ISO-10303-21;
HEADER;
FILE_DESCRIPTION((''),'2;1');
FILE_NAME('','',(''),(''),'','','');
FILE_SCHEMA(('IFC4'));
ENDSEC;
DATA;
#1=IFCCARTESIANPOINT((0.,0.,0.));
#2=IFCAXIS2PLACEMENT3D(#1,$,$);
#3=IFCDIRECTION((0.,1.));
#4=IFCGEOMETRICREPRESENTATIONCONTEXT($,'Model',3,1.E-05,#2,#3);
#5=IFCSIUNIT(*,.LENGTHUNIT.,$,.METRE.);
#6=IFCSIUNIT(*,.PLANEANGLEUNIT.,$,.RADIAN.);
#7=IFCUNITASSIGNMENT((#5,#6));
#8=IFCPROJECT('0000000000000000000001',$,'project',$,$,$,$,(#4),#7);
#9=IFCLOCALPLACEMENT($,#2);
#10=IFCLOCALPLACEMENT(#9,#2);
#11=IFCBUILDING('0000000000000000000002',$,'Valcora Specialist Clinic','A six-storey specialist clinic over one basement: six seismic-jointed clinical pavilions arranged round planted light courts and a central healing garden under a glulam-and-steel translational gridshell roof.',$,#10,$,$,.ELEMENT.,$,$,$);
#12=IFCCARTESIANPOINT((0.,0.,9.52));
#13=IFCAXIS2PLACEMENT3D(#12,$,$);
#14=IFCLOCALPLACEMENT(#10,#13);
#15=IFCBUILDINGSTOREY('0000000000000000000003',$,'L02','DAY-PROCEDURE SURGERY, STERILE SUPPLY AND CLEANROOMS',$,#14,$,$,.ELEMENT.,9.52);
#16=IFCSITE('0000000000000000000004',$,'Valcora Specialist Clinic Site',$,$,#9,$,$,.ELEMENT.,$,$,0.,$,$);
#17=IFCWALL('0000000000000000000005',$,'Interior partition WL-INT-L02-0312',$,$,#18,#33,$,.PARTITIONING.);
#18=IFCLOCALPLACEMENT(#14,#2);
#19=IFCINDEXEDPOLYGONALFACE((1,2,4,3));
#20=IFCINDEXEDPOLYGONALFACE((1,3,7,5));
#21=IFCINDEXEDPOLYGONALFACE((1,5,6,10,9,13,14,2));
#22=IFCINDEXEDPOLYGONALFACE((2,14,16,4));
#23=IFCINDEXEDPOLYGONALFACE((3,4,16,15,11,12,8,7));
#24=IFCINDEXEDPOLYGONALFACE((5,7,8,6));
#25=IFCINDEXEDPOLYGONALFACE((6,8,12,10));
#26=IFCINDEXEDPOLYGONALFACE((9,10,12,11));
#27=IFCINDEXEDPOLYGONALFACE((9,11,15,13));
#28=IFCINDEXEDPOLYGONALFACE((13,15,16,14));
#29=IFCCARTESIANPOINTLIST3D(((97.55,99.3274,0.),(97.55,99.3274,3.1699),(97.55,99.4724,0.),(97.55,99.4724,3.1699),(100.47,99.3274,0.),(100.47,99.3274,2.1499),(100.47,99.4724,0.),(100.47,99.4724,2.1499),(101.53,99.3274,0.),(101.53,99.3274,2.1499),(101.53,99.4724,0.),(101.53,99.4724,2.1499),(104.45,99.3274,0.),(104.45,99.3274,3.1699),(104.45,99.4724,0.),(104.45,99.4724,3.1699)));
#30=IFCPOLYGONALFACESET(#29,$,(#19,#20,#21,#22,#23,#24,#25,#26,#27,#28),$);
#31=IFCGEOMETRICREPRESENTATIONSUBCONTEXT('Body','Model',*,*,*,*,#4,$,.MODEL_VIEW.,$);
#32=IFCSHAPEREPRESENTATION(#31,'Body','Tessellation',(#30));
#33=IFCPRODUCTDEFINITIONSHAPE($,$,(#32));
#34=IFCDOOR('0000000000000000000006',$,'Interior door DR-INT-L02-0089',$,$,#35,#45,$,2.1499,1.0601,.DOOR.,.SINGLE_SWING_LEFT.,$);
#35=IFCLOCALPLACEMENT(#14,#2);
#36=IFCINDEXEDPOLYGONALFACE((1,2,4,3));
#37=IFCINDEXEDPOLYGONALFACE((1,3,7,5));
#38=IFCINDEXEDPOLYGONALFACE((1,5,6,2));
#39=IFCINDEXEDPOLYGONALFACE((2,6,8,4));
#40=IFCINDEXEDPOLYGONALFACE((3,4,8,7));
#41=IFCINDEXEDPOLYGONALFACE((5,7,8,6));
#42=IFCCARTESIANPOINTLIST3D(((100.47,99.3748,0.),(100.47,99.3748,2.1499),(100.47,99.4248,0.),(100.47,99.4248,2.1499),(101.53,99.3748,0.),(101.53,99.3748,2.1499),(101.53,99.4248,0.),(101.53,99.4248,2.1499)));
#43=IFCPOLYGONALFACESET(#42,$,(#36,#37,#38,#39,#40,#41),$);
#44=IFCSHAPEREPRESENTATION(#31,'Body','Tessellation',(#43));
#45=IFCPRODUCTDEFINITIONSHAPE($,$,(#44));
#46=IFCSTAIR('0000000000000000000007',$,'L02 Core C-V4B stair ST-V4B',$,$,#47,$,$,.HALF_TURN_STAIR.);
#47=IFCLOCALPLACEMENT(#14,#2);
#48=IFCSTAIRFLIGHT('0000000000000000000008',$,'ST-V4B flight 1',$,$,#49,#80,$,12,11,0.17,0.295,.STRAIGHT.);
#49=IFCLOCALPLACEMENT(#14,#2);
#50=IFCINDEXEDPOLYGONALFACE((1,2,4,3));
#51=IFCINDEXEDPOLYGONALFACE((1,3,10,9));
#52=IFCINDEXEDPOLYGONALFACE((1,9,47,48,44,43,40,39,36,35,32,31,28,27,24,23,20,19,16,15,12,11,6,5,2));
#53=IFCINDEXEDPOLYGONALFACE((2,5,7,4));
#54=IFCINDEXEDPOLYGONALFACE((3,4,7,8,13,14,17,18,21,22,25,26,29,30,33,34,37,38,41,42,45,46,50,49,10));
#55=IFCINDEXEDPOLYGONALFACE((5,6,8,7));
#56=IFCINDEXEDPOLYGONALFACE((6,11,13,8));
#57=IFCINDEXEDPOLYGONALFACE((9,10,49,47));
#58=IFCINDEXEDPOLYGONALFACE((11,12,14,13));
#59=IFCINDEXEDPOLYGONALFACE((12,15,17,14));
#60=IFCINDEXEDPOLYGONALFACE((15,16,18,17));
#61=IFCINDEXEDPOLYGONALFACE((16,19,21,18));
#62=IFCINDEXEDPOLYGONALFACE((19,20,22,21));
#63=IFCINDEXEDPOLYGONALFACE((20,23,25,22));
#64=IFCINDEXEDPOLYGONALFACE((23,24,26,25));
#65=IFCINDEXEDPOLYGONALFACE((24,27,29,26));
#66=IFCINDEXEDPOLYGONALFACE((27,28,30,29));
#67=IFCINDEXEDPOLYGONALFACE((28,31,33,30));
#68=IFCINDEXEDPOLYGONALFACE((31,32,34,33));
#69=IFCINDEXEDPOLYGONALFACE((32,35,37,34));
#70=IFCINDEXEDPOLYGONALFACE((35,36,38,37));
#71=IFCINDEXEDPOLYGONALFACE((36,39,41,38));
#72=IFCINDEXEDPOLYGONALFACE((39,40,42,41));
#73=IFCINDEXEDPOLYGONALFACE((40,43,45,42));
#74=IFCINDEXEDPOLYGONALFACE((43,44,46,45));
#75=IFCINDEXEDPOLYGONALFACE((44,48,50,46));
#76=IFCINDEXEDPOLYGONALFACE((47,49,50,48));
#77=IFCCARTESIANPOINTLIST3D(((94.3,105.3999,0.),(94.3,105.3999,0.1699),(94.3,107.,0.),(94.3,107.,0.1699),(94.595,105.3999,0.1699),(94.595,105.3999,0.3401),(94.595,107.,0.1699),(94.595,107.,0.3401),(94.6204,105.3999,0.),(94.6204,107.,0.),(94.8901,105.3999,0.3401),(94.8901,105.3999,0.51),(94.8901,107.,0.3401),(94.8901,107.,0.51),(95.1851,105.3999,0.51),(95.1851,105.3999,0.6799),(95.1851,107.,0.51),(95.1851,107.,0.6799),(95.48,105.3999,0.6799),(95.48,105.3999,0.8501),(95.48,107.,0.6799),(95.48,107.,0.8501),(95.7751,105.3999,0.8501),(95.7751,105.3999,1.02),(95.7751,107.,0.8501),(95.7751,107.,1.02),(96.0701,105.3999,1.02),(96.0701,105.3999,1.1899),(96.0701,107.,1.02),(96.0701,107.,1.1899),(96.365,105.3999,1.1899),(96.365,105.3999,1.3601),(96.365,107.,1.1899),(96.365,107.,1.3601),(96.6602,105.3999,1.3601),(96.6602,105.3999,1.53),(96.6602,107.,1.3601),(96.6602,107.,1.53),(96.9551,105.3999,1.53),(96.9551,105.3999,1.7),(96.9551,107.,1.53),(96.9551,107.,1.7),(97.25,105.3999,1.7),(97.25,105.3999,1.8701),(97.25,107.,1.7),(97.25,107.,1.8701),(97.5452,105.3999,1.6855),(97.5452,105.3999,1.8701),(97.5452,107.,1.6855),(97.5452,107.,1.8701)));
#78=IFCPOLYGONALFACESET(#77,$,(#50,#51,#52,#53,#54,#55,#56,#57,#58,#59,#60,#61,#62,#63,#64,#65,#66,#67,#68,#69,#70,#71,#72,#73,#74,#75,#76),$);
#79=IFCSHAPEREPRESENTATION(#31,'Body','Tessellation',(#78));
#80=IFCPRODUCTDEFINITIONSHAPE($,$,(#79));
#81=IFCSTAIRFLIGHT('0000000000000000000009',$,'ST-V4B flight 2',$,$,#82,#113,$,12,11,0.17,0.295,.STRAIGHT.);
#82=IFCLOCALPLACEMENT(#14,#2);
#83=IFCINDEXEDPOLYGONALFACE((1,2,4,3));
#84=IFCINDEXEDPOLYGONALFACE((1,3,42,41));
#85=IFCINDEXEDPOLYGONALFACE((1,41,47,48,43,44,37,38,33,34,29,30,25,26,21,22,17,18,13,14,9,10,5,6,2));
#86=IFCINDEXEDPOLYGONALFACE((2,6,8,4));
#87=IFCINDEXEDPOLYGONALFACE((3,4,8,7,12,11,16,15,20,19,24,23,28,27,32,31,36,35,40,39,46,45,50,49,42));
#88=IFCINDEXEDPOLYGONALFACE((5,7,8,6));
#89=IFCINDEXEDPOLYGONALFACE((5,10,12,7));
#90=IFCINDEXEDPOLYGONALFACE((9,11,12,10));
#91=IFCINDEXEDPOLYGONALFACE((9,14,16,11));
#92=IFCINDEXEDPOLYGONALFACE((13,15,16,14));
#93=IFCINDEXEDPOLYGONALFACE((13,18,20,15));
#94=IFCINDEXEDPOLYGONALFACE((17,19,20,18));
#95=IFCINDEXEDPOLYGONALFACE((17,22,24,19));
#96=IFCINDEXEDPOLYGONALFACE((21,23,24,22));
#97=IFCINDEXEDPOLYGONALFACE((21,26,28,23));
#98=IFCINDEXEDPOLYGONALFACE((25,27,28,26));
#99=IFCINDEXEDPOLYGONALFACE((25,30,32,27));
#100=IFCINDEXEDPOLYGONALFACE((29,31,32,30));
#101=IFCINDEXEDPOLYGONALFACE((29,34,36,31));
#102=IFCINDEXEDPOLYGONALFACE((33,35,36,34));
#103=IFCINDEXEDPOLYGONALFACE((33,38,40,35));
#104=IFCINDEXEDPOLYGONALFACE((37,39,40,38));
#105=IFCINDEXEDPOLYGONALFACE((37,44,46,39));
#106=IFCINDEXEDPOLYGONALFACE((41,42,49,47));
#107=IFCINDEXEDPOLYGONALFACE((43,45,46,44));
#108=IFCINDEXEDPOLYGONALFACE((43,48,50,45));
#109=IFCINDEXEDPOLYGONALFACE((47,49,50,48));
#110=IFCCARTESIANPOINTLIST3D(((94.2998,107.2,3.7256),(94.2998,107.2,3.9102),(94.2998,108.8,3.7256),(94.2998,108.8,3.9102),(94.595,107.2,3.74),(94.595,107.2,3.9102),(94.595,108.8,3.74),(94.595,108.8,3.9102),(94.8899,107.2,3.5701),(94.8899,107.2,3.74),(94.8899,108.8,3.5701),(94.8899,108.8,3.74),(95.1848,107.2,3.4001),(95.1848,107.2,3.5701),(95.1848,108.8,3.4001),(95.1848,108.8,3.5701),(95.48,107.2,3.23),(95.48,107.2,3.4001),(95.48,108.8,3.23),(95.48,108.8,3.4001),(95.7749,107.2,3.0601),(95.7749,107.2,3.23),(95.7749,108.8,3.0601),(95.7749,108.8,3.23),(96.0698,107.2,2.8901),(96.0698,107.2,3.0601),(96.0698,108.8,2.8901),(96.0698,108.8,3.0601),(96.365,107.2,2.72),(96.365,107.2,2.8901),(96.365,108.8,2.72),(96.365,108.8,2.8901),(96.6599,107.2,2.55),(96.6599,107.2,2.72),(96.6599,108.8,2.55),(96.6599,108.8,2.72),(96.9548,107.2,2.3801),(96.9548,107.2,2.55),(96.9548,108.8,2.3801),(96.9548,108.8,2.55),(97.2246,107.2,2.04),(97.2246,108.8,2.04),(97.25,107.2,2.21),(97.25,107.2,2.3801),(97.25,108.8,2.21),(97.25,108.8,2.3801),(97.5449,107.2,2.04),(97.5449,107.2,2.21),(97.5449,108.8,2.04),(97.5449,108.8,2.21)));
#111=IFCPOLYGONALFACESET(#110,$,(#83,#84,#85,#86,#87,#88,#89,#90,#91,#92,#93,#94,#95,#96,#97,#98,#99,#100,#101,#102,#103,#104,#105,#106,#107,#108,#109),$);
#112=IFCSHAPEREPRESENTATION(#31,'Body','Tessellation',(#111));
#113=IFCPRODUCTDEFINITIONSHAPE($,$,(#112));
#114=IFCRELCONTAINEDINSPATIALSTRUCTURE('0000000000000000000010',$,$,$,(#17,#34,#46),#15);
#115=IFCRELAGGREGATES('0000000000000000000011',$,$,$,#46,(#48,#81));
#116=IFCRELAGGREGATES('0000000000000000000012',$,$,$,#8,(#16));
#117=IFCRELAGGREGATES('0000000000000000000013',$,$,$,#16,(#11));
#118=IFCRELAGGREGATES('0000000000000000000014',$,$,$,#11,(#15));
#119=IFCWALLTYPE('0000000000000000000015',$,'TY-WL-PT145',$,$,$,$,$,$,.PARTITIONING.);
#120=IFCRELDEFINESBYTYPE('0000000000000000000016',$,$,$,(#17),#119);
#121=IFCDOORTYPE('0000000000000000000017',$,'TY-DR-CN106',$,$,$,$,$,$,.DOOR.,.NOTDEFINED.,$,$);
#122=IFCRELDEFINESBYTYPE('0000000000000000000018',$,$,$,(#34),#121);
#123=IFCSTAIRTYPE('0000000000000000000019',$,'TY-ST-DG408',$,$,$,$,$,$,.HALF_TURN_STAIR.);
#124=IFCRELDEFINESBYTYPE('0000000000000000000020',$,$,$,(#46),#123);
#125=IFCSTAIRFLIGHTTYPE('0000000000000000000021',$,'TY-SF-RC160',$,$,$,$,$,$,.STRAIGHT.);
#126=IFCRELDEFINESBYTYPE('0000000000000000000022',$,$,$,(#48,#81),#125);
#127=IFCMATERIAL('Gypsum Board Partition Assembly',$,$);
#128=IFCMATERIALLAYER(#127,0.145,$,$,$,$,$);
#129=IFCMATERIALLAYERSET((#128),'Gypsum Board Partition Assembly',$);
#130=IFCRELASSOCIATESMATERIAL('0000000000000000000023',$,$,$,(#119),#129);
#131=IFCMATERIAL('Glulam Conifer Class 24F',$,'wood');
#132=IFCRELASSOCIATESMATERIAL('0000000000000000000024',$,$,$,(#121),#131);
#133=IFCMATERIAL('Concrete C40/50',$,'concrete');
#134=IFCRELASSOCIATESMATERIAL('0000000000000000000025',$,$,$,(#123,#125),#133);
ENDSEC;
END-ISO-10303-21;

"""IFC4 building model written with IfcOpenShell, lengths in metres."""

from ifc_helpers import new_model, si_unit, direction, frame, frame_2d, origin, place, context, subcontext, project, spatial, polyline, rectangle, outline, extrude, material, layer, layer_set, type_object, element, fill, aggregate, save


model = new_model("IFC4")

# Units and contexts
model_context = context("Model", 3, precision=1e-05, world=origin(), true_north=direction((0.0, 1.0)))
body_context = subcontext(model_context, "Body", "Model", "MODEL_VIEW")
ifc_project = project(units=[si_unit("LENGTHUNIT", "METRE"), si_unit("PLANEANGLEUNIT", "RADIAN")], contexts=[model_context])

# Site, building, storey
site_placement = place(None, origin())
site = spatial("IfcSite", under=ifc_project, at=site_placement, Name="Valcora Specialist Clinic Site", CompositionType="ELEMENT", RefElevation=0.0)
building_placement = place(site_placement, origin())
building = spatial("IfcBuilding", under=site, at=building_placement, Name="Valcora Specialist Clinic", Description="A six-storey specialist clinic over one basement: six seismic-jointed clinical pavilions arranged round planted light courts and a central healing garden under a glulam-and-steel translational gridshell roof.", CompositionType="ELEMENT")
storey_placement = place(building_placement, frame((0.0, 0.0, 9.52)))
storey = spatial("IfcBuildingStorey", under=building, at=storey_placement, Name="L02", Description="DAY-PROCEDURE SURGERY, STERILE SUPPLY AND CLEANROOMS", CompositionType="ELEMENT", Elevation=9.52)

# Shared definitions
ifc_material_1 = material(Name="Concrete C40/50", Category="concrete")

# Wall, opening, door
ifc_material_2 = material(Name="Gypsum Board Partition Assembly")
ifc_material_3 = material(Name="Glulam Conifer Class 24F", Category="wood")
ifc_layer_1 = layer(ifc_material_2, 0.145)
ifc_layer_set_1 = layer_set([ifc_layer_1], Name="Gypsum Board Partition Assembly")
wall_type_1 = type_object("IfcWallType", Name="TY-WL-PT145", PredefinedType="PARTITIONING", material=ifc_layer_set_1)
wall_1_placement = place(storey_placement, frame((97.55, 99.3999, 0.0), z_axis=(0.0, 0.0, 1.0), x_axis=(1.0, 0.0, 0.0)))
wall_1 = element("IfcWall", 1, at=wall_1_placement, inside=storey, type_object=wall_type_1, Name="Interior partition WL-INT-L02-0312", PredefinedType="PARTITIONING", context=body_context, shape_type="SweptSolid", body=[
    extrude(rectangle(XDim=6.8999, YDim=0.145, at=frame_2d((3.45, 0.0))), origin(), (0.0, 0.0, 1.0), 3.1699),
])
opening_1_placement = place(wall_1_placement, frame((2.9199, 0.0, 0.0)))
opening_1 = element("IfcOpeningElement", 2, at=opening_1_placement, cuts=wall_1, PredefinedType="OPENING", context=body_context, shape_type="SweptSolid", body=[
    extrude(rectangle(XDim=1.0601, YDim=2.1499, at=frame_2d((0.53, 1.075))), frame((0.0, 0.0825, 0.0), z_axis=(0.0, -1.0, 0.0), x_axis=(1.0, 0.0, 0.0)), (0.0, 0.0, 1.0), 0.165),
])
door_type_1 = type_object("IfcDoorType", Name="TY-DR-CN106", OperationType="NOTDEFINED", PredefinedType="DOOR", material=ifc_material_3)
door_1_placement = place(opening_1_placement, origin())
door_1 = element("IfcDoor", 3, at=door_1_placement, inside=storey, type_object=door_type_1, Name="Interior door DR-INT-L02-0089", OperationType="SINGLE_SWING_LEFT", OverallHeight=2.1499, OverallWidth=1.0601, PredefinedType="DOOR", context=body_context, shape_type="SweptSolid", body=[
    extrude(rectangle(XDim=1.0601, YDim=2.1499, at=frame_2d((0.53, 1.075))), frame((0.0, 0.0249, 0.0), z_axis=(0.0, -1.0, 0.0), x_axis=(1.0, 0.0, 0.0)), (0.0, 0.0, 1.0), 0.05),
])
fill(opening_1, door_1)

# Stair, stair flights
stair_type = type_object("IfcStairType", Name="TY-ST-DG408", PredefinedType="HALF_TURN_STAIR", material=ifc_material_1)
stair_placement = place(storey_placement, origin())
stair = element("IfcStair", 4, at=stair_placement, inside=storey, type_object=stair_type, Name="L02 Core C-V4B stair ST-V4B", PredefinedType="HALF_TURN_STAIR")
stair_flight_type = type_object("IfcStairFlightType", Name="TY-SF-RC160", PredefinedType="STRAIGHT", material=ifc_material_1)
stair_flight_1_placement = place(storey_placement, frame((94.3, 106.2, 0.0), z_axis=(0.0, 0.0, 1.0), x_axis=(1.0, 0.0, 0.0)))
stair_flight_1 = element("IfcStairFlight", 5, at=stair_flight_1_placement, type_object=stair_flight_type, Name="ST-V4B flight 1", NumberOfRisers=12, NumberOfTreads=11, PredefinedType="STRAIGHT", RiserHeight=0.17, TreadLength=0.295, context=body_context, shape_type="SweptSolid", body=[
    extrude(outline(polyline([(0.0, 0.0), (0.0, 0.1699), (0.2949, 0.1699), (0.2949, 0.3401), (0.5901, 0.3401), (0.5901, 0.51), (0.885, 0.51), (0.885, 0.6799), (1.1799, 0.6799), (1.1799, 0.8501), (1.4751, 0.8501), (1.4751, 1.02), (1.77, 1.02), (1.77, 1.1899), (2.0649, 1.1899), (2.0649, 1.3601), (2.3601, 1.3601), (2.3601, 1.53), (2.655, 1.53), (2.655, 1.7), (2.95, 1.7), (2.95, 1.8701), (3.2451, 1.8701), (3.2451, 2.04), (3.2451, 1.6855), (0.3203, 0.0), (0.0, 0.0)])), frame((0.0, 0.8, 0.0), z_axis=(0.0, -1.0, 0.0), x_axis=(1.0, 0.0, 0.0)), (0.0, 0.0, 1.0), 1.6001),
])
stair_flight_2_placement = place(storey_placement, frame((97.5449, 108.0, 2.04), z_axis=(0.0, 0.0, 1.0), x_axis=(-1.0, 0.0, 0.0)))
stair_flight_2 = element("IfcStairFlight", 6, at=stair_flight_2_placement, type_object=stair_flight_type, Name="ST-V4B flight 2", NumberOfRisers=12, NumberOfTreads=11, PredefinedType="STRAIGHT", RiserHeight=0.17, TreadLength=0.295, context=body_context, shape_type="SweptSolid", body=[
    extrude(outline(polyline([(0.0, 0.0), (0.0, 0.1699), (0.2949, 0.1699), (0.2949, 0.3401), (0.5901, 0.3401), (0.5901, 0.51), (0.885, 0.51), (0.885, 0.6799), (1.1799, 0.6799), (1.1799, 0.8501), (1.4751, 0.8501), (1.4751, 1.02), (1.77, 1.02), (1.77, 1.1899), (2.0649, 1.1899), (2.0649, 1.3601), (2.3601, 1.3601), (2.3601, 1.53), (2.655, 1.53), (2.655, 1.7), (2.95, 1.7), (2.95, 1.8701), (3.2451, 1.8701), (3.2451, 2.04), (3.2451, 1.6855), (0.3203, 0.0), (0.0, 0.0)])), frame((0.0, 0.8, 0.0), z_axis=(0.0, -1.0, 0.0), x_axis=(1.0, 0.0, 0.0)), (0.0, 0.0, 1.0), 1.6001),
])
aggregate(stair, [stair_flight_1, stair_flight_2])

save(model, "model.ifc")
